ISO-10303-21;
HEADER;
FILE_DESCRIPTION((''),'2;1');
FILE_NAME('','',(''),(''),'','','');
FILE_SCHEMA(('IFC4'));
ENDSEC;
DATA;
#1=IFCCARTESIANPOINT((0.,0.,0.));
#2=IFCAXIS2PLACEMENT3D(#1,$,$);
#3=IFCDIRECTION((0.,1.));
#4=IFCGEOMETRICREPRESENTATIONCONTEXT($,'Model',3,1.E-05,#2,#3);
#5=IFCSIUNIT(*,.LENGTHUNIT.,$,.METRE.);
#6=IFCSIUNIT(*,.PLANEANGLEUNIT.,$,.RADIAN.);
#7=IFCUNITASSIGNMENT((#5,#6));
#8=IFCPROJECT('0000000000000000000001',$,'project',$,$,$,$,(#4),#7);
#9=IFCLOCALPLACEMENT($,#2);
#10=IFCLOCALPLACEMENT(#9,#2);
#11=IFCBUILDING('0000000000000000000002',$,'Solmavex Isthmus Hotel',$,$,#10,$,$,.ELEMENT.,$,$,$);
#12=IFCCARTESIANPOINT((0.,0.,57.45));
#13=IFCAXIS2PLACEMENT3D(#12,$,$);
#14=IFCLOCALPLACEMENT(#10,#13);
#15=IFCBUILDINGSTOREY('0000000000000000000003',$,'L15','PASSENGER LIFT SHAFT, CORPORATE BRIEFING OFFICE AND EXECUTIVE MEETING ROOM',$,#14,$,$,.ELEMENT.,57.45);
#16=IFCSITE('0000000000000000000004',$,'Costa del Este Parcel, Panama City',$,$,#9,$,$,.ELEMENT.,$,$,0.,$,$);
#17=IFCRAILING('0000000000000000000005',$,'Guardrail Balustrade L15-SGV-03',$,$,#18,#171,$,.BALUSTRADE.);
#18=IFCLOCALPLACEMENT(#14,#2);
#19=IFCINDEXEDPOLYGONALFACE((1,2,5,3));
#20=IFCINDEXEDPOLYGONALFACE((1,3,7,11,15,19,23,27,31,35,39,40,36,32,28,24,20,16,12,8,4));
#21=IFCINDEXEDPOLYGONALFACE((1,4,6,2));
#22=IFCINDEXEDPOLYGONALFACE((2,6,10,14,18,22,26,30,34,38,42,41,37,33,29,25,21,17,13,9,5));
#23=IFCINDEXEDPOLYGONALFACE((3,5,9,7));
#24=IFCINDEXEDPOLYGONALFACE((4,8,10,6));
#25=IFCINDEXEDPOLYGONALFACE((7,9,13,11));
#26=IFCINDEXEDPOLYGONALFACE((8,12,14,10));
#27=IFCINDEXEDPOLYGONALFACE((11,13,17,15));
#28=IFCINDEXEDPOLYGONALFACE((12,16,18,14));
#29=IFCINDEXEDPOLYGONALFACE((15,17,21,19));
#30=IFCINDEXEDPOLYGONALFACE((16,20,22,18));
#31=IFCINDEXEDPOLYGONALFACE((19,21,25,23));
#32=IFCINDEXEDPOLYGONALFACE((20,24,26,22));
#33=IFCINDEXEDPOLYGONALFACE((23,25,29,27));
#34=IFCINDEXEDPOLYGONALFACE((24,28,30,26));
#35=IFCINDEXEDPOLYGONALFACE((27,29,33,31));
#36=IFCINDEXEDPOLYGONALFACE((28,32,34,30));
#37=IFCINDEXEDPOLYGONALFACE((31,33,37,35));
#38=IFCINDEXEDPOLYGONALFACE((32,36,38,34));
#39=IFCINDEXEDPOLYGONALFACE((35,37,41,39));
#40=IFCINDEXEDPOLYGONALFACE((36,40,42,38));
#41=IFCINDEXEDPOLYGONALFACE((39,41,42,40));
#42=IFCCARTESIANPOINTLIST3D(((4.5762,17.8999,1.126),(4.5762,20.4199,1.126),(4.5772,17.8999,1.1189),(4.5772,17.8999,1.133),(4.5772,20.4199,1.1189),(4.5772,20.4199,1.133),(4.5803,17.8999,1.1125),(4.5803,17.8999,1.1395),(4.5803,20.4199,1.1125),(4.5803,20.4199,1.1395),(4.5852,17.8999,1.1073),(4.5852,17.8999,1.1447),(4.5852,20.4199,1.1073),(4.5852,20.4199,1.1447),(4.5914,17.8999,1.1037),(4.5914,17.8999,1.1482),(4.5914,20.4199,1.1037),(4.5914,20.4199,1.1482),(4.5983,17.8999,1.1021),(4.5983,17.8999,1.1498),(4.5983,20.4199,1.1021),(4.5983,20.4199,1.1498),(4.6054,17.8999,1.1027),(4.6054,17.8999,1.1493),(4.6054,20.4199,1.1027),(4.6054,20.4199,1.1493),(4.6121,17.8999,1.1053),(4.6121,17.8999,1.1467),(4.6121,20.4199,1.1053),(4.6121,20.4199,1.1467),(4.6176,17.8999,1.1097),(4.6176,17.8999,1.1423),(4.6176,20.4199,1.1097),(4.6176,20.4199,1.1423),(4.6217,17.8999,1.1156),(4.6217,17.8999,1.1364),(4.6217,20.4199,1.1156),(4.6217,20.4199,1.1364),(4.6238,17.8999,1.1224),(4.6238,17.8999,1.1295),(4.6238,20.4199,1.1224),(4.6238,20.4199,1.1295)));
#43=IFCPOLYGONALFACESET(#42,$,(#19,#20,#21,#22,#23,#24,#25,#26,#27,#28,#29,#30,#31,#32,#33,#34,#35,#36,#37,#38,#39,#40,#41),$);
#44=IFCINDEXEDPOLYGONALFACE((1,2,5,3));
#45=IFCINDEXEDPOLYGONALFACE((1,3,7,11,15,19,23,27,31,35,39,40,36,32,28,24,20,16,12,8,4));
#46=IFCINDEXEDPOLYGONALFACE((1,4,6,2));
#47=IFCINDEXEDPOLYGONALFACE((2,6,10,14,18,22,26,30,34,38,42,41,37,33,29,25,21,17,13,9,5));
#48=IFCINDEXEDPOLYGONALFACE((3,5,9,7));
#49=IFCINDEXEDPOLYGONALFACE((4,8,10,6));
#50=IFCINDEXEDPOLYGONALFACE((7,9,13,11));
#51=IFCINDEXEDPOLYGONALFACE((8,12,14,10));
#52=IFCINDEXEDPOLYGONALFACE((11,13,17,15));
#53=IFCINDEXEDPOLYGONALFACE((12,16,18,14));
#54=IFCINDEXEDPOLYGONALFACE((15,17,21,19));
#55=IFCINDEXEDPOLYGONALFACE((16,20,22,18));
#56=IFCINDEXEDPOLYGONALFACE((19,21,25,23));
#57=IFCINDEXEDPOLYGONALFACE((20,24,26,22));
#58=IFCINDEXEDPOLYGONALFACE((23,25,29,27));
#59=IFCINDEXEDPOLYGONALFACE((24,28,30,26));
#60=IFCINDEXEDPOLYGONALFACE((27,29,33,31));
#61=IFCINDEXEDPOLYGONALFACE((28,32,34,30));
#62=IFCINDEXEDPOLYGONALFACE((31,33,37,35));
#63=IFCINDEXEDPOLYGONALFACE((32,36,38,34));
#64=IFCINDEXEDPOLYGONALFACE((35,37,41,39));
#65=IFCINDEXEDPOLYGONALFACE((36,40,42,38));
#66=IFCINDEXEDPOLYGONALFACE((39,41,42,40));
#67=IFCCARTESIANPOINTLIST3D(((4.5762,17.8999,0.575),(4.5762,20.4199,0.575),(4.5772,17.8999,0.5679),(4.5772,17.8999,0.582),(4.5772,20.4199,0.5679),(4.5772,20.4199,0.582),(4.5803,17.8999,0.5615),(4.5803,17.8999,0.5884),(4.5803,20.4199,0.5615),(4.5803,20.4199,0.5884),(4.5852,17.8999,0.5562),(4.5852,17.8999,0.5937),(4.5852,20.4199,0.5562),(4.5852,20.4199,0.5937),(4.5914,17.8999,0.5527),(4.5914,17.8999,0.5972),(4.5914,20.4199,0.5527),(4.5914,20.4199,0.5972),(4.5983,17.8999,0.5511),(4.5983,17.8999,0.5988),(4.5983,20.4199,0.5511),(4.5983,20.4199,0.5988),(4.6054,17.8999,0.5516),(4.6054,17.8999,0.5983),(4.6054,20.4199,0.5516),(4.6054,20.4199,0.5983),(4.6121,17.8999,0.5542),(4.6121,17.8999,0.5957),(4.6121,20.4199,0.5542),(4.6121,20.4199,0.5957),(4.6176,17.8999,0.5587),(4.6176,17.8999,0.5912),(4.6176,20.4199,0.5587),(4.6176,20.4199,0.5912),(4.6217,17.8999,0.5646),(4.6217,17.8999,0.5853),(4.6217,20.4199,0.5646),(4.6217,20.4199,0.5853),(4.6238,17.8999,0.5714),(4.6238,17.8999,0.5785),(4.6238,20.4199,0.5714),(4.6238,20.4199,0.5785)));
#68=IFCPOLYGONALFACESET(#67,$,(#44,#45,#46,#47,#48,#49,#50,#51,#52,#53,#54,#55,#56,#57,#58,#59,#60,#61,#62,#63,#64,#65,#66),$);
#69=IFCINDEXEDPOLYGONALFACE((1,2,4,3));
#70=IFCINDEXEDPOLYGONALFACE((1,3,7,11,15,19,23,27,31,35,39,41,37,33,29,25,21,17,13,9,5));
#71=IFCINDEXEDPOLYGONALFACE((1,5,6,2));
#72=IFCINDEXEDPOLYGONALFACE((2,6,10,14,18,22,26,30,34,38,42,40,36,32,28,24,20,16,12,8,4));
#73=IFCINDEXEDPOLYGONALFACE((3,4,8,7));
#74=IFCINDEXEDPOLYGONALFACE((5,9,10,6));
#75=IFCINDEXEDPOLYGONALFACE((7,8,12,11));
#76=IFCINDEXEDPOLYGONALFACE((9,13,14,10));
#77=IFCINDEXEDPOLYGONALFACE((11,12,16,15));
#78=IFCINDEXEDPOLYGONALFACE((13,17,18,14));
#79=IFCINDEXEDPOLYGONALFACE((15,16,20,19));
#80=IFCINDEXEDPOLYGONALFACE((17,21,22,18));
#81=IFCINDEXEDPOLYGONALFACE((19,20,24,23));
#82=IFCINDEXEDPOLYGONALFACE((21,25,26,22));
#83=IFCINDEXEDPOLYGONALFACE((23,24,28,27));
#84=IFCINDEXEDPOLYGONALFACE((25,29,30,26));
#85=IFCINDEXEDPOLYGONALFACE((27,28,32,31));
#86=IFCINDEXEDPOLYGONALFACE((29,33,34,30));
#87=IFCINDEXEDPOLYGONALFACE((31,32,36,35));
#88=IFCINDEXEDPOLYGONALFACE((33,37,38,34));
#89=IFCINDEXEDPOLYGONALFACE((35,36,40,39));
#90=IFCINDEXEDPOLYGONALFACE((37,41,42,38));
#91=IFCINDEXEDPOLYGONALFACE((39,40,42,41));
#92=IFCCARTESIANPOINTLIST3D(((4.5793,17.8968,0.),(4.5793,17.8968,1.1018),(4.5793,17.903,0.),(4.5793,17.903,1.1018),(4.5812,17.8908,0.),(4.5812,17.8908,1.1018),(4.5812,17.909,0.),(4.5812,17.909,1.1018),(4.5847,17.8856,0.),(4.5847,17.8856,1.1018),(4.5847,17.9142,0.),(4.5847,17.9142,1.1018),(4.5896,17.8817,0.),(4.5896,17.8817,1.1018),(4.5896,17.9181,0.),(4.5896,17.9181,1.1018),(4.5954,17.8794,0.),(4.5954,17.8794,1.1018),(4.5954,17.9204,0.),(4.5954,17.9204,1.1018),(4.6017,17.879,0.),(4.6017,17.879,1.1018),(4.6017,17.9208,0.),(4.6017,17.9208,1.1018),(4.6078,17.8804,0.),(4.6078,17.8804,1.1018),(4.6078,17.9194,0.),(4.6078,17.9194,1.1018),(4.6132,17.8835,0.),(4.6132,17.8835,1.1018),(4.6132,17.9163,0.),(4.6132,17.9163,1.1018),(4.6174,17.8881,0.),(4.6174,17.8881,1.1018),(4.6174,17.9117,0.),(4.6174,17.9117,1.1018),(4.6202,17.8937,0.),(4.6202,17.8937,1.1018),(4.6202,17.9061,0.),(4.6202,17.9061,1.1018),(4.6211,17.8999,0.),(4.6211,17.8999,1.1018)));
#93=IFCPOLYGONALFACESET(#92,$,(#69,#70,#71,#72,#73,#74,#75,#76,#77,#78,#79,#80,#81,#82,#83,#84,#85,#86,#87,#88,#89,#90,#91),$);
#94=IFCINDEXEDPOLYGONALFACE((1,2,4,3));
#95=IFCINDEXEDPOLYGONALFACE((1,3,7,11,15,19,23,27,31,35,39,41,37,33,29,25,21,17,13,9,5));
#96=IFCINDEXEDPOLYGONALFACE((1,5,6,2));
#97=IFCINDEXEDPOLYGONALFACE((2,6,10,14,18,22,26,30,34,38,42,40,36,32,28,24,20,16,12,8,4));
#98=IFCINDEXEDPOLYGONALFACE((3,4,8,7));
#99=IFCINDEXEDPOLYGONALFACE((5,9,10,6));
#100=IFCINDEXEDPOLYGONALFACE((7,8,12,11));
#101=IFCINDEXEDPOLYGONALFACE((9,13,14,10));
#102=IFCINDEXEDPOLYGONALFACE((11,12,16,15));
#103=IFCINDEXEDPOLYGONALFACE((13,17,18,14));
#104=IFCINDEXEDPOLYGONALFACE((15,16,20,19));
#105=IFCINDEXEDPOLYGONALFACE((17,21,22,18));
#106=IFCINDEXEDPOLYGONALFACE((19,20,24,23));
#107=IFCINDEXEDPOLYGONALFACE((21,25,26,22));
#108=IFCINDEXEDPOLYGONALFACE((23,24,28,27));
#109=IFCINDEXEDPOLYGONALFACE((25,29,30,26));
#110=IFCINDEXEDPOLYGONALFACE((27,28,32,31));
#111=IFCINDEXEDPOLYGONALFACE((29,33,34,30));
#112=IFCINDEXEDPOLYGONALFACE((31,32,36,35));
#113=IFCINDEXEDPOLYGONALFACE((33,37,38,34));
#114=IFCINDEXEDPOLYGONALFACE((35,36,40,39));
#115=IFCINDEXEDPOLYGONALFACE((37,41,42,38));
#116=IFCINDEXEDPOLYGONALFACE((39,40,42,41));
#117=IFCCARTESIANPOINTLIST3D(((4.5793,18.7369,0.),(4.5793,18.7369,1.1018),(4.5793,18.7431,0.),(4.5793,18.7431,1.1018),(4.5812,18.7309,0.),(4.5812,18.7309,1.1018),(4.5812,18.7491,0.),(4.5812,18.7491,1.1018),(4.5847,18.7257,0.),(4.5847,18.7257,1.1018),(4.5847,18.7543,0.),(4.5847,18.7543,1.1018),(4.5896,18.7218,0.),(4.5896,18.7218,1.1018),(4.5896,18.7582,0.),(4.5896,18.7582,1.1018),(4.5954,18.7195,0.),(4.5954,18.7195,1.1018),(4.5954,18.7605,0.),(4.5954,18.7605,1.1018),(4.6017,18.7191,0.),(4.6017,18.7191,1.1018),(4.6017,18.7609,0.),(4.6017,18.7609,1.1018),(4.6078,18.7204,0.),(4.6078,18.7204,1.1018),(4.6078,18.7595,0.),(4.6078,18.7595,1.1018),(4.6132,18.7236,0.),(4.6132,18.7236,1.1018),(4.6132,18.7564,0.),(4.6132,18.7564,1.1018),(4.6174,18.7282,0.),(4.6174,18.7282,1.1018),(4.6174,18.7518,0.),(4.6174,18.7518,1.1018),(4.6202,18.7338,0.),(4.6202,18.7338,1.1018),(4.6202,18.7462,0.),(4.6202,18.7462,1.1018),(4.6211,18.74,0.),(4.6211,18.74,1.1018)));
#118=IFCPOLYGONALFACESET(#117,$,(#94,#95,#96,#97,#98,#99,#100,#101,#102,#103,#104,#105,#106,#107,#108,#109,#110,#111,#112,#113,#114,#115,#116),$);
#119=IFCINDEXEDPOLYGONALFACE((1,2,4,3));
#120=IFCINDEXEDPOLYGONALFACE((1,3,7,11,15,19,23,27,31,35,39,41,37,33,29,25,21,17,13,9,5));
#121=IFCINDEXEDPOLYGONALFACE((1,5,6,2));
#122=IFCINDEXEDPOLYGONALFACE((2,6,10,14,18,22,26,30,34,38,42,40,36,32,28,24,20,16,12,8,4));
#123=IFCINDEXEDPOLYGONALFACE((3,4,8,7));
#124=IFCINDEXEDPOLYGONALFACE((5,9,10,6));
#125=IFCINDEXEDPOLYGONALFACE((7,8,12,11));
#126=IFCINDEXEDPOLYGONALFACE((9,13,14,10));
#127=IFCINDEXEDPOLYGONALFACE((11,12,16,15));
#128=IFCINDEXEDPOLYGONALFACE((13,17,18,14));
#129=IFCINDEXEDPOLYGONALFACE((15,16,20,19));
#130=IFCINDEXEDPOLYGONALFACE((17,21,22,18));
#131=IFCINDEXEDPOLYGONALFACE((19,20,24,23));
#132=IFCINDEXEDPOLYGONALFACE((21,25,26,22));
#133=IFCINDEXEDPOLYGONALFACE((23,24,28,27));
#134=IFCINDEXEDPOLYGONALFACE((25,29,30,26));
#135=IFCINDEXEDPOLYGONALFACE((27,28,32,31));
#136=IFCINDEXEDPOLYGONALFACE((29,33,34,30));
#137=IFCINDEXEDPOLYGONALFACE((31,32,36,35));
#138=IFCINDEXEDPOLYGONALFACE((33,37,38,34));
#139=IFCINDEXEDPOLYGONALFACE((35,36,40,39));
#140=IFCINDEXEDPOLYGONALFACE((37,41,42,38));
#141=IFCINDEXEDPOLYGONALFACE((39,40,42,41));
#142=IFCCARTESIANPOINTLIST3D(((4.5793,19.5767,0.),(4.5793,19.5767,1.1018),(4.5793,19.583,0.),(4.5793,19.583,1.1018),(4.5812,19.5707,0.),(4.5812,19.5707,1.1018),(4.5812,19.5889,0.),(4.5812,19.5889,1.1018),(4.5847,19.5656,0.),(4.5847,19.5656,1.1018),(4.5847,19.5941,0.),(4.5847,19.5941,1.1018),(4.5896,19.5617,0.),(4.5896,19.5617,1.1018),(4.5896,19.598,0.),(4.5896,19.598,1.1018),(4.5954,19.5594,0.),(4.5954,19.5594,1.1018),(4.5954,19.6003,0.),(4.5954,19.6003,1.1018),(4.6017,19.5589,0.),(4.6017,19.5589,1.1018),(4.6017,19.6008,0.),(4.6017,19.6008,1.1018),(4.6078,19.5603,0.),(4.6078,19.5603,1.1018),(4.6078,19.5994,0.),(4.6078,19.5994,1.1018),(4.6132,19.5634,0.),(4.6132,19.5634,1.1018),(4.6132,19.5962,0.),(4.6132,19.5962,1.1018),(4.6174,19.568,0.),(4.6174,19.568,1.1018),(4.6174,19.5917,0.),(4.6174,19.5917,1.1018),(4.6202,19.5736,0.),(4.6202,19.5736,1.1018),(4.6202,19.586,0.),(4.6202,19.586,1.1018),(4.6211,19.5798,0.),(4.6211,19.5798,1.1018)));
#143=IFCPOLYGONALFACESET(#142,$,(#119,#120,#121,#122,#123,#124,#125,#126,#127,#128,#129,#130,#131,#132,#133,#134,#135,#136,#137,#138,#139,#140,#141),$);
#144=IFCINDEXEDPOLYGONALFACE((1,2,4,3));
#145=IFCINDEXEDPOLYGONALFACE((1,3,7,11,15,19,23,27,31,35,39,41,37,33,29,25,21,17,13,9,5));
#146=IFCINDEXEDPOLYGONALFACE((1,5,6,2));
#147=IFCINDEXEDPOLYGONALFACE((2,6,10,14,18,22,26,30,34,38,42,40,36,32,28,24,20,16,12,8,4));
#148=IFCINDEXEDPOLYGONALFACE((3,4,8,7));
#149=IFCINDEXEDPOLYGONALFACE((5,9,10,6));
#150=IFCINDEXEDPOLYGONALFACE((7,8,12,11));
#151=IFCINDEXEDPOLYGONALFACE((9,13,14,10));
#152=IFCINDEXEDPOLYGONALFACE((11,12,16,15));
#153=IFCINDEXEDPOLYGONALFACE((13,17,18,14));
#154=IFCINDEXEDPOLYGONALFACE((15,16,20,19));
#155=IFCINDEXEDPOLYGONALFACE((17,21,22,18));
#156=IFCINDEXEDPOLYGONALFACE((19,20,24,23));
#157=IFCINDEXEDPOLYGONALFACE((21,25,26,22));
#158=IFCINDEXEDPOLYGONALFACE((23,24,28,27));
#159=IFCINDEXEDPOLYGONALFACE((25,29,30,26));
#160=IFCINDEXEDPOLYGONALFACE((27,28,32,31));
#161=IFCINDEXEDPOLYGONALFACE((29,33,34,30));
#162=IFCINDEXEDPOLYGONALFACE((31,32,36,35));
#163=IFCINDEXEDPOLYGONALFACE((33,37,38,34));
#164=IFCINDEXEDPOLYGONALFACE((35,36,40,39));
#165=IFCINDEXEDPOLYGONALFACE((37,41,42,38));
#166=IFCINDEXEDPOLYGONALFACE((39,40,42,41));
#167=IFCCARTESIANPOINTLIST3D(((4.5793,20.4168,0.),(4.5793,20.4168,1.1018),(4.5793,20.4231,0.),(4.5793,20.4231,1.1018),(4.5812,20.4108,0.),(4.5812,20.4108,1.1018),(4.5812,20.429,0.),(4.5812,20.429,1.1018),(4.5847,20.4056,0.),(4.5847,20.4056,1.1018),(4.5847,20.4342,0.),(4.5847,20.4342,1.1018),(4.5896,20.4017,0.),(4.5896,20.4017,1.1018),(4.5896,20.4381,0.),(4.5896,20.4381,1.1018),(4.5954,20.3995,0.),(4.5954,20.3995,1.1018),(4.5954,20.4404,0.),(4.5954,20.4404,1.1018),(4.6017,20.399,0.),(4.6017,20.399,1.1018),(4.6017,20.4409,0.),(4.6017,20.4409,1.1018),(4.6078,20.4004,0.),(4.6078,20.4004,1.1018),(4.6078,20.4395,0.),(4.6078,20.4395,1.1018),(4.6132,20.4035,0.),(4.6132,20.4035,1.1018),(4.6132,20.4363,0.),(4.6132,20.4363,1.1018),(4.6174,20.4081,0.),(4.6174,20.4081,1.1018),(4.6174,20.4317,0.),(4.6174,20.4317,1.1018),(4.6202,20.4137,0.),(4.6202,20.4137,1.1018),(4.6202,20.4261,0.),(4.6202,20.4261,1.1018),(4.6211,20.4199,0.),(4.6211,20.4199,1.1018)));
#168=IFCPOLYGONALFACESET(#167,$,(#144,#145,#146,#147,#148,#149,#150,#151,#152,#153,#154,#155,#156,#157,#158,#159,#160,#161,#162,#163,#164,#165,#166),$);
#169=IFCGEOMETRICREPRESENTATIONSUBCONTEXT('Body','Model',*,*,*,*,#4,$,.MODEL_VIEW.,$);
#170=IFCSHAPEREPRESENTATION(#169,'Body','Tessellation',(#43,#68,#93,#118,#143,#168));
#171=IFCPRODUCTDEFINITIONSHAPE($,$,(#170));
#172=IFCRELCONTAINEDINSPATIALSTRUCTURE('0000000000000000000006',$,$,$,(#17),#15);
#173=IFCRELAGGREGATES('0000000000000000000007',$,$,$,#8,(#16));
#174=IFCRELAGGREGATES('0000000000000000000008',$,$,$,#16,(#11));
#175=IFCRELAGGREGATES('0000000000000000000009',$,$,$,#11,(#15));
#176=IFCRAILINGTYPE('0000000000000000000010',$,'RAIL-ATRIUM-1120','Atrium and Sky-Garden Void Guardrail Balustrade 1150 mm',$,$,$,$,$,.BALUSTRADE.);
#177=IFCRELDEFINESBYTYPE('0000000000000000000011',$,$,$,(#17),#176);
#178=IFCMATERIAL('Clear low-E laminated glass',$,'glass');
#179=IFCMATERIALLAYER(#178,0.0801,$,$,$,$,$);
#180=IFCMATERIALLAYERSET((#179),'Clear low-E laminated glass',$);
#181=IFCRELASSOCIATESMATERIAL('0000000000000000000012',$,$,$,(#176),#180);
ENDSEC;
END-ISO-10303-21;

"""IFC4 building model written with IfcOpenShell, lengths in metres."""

from ifc_helpers import new_model, si_unit, direction, frame, origin, origin_2d, place, context, subcontext, project, spatial, circle, extrude, material, layer, layer_set, type_object, element, save


model = new_model("IFC4")

# Units and contexts
model_context = context("Model", 3, precision=1e-05, world=origin(), true_north=direction((0.0, 1.0)))
body_context = subcontext(model_context, "Body", "Model", "MODEL_VIEW")
ifc_project = project(units=[si_unit("LENGTHUNIT", "METRE"), si_unit("PLANEANGLEUNIT", "RADIAN")], contexts=[model_context])

# Site, building, storey
site_placement = place(None, origin())
site = spatial("IfcSite", under=ifc_project, at=site_placement, Name="Costa del Este Parcel, Panama City", CompositionType="ELEMENT", RefElevation=0.0)
building_placement = place(site_placement, origin())
building = spatial("IfcBuilding", under=site, at=building_placement, Name="Solmavex Isthmus Hotel", CompositionType="ELEMENT")
storey_placement = place(building_placement, frame((0.0, 0.0, 57.45)))
storey = spatial("IfcBuildingStorey", under=building, at=storey_placement, Name="L15", Description="PASSENGER LIFT SHAFT, CORPORATE BRIEFING OFFICE AND EXECUTIVE MEETING ROOM", CompositionType="ELEMENT", Elevation=57.45)

# Shared definitions
ifc_material_1 = material(Name="Clear low-E laminated glass", Category="glass")

# Railing
ifc_layer_1 = layer(ifc_material_1, 0.0801)
ifc_layer_set_1 = layer_set([ifc_layer_1], Name="Clear low-E laminated glass")
railing_type_1 = type_object("IfcRailingType", Name="RAIL-ATRIUM-1120", Description="Atrium and Sky-Garden Void Guardrail Balustrade 1150 mm", PredefinedType="BALUSTRADE", material=ifc_layer_set_1)
railing_1_placement = place(storey_placement, frame((4.6001, 17.8999, 0.0)))
element("IfcRailing", 1, at=railing_1_placement, inside=storey, type_object=railing_type_1, Name="Guardrail Balustrade L15-SGV-03", PredefinedType="BALUSTRADE", context=body_context, shape_type="SweptSolid", body=[
    extrude(circle(Radius=0.0239, at=origin_2d()), frame((0.0, 0.0, 1.126), z_axis=(0.0, 1.0, 0.0), x_axis=(-1.0, 0.0, 0.0)), (0.0, 0.0, 1.0), 2.52),
    extrude(circle(Radius=0.0239, at=origin_2d()), frame((0.0, 0.0, 0.575), z_axis=(0.0, 1.0, 0.0), x_axis=(-1.0, 0.0, 0.0)), (0.0, 0.0, 1.0), 2.52),
    extrude(circle(Radius=0.021, at=origin_2d()), origin(), (0.0, 0.0, 1.0), 1.1018),
    extrude(circle(Radius=0.021, at=origin_2d()), frame((0.0, 0.8401, 0.0)), (0.0, 0.0, 1.0), 1.1018),
    extrude(circle(Radius=0.021, at=origin_2d()), frame((0.0, 1.6799, 0.0)), (0.0, 0.0, 1.0), 1.1018),
    extrude(circle(Radius=0.021, at=origin_2d()), frame((0.0, 2.52, 0.0)), (0.0, 0.0, 1.0), 1.1018),
])

save(model, "model.ifc")
